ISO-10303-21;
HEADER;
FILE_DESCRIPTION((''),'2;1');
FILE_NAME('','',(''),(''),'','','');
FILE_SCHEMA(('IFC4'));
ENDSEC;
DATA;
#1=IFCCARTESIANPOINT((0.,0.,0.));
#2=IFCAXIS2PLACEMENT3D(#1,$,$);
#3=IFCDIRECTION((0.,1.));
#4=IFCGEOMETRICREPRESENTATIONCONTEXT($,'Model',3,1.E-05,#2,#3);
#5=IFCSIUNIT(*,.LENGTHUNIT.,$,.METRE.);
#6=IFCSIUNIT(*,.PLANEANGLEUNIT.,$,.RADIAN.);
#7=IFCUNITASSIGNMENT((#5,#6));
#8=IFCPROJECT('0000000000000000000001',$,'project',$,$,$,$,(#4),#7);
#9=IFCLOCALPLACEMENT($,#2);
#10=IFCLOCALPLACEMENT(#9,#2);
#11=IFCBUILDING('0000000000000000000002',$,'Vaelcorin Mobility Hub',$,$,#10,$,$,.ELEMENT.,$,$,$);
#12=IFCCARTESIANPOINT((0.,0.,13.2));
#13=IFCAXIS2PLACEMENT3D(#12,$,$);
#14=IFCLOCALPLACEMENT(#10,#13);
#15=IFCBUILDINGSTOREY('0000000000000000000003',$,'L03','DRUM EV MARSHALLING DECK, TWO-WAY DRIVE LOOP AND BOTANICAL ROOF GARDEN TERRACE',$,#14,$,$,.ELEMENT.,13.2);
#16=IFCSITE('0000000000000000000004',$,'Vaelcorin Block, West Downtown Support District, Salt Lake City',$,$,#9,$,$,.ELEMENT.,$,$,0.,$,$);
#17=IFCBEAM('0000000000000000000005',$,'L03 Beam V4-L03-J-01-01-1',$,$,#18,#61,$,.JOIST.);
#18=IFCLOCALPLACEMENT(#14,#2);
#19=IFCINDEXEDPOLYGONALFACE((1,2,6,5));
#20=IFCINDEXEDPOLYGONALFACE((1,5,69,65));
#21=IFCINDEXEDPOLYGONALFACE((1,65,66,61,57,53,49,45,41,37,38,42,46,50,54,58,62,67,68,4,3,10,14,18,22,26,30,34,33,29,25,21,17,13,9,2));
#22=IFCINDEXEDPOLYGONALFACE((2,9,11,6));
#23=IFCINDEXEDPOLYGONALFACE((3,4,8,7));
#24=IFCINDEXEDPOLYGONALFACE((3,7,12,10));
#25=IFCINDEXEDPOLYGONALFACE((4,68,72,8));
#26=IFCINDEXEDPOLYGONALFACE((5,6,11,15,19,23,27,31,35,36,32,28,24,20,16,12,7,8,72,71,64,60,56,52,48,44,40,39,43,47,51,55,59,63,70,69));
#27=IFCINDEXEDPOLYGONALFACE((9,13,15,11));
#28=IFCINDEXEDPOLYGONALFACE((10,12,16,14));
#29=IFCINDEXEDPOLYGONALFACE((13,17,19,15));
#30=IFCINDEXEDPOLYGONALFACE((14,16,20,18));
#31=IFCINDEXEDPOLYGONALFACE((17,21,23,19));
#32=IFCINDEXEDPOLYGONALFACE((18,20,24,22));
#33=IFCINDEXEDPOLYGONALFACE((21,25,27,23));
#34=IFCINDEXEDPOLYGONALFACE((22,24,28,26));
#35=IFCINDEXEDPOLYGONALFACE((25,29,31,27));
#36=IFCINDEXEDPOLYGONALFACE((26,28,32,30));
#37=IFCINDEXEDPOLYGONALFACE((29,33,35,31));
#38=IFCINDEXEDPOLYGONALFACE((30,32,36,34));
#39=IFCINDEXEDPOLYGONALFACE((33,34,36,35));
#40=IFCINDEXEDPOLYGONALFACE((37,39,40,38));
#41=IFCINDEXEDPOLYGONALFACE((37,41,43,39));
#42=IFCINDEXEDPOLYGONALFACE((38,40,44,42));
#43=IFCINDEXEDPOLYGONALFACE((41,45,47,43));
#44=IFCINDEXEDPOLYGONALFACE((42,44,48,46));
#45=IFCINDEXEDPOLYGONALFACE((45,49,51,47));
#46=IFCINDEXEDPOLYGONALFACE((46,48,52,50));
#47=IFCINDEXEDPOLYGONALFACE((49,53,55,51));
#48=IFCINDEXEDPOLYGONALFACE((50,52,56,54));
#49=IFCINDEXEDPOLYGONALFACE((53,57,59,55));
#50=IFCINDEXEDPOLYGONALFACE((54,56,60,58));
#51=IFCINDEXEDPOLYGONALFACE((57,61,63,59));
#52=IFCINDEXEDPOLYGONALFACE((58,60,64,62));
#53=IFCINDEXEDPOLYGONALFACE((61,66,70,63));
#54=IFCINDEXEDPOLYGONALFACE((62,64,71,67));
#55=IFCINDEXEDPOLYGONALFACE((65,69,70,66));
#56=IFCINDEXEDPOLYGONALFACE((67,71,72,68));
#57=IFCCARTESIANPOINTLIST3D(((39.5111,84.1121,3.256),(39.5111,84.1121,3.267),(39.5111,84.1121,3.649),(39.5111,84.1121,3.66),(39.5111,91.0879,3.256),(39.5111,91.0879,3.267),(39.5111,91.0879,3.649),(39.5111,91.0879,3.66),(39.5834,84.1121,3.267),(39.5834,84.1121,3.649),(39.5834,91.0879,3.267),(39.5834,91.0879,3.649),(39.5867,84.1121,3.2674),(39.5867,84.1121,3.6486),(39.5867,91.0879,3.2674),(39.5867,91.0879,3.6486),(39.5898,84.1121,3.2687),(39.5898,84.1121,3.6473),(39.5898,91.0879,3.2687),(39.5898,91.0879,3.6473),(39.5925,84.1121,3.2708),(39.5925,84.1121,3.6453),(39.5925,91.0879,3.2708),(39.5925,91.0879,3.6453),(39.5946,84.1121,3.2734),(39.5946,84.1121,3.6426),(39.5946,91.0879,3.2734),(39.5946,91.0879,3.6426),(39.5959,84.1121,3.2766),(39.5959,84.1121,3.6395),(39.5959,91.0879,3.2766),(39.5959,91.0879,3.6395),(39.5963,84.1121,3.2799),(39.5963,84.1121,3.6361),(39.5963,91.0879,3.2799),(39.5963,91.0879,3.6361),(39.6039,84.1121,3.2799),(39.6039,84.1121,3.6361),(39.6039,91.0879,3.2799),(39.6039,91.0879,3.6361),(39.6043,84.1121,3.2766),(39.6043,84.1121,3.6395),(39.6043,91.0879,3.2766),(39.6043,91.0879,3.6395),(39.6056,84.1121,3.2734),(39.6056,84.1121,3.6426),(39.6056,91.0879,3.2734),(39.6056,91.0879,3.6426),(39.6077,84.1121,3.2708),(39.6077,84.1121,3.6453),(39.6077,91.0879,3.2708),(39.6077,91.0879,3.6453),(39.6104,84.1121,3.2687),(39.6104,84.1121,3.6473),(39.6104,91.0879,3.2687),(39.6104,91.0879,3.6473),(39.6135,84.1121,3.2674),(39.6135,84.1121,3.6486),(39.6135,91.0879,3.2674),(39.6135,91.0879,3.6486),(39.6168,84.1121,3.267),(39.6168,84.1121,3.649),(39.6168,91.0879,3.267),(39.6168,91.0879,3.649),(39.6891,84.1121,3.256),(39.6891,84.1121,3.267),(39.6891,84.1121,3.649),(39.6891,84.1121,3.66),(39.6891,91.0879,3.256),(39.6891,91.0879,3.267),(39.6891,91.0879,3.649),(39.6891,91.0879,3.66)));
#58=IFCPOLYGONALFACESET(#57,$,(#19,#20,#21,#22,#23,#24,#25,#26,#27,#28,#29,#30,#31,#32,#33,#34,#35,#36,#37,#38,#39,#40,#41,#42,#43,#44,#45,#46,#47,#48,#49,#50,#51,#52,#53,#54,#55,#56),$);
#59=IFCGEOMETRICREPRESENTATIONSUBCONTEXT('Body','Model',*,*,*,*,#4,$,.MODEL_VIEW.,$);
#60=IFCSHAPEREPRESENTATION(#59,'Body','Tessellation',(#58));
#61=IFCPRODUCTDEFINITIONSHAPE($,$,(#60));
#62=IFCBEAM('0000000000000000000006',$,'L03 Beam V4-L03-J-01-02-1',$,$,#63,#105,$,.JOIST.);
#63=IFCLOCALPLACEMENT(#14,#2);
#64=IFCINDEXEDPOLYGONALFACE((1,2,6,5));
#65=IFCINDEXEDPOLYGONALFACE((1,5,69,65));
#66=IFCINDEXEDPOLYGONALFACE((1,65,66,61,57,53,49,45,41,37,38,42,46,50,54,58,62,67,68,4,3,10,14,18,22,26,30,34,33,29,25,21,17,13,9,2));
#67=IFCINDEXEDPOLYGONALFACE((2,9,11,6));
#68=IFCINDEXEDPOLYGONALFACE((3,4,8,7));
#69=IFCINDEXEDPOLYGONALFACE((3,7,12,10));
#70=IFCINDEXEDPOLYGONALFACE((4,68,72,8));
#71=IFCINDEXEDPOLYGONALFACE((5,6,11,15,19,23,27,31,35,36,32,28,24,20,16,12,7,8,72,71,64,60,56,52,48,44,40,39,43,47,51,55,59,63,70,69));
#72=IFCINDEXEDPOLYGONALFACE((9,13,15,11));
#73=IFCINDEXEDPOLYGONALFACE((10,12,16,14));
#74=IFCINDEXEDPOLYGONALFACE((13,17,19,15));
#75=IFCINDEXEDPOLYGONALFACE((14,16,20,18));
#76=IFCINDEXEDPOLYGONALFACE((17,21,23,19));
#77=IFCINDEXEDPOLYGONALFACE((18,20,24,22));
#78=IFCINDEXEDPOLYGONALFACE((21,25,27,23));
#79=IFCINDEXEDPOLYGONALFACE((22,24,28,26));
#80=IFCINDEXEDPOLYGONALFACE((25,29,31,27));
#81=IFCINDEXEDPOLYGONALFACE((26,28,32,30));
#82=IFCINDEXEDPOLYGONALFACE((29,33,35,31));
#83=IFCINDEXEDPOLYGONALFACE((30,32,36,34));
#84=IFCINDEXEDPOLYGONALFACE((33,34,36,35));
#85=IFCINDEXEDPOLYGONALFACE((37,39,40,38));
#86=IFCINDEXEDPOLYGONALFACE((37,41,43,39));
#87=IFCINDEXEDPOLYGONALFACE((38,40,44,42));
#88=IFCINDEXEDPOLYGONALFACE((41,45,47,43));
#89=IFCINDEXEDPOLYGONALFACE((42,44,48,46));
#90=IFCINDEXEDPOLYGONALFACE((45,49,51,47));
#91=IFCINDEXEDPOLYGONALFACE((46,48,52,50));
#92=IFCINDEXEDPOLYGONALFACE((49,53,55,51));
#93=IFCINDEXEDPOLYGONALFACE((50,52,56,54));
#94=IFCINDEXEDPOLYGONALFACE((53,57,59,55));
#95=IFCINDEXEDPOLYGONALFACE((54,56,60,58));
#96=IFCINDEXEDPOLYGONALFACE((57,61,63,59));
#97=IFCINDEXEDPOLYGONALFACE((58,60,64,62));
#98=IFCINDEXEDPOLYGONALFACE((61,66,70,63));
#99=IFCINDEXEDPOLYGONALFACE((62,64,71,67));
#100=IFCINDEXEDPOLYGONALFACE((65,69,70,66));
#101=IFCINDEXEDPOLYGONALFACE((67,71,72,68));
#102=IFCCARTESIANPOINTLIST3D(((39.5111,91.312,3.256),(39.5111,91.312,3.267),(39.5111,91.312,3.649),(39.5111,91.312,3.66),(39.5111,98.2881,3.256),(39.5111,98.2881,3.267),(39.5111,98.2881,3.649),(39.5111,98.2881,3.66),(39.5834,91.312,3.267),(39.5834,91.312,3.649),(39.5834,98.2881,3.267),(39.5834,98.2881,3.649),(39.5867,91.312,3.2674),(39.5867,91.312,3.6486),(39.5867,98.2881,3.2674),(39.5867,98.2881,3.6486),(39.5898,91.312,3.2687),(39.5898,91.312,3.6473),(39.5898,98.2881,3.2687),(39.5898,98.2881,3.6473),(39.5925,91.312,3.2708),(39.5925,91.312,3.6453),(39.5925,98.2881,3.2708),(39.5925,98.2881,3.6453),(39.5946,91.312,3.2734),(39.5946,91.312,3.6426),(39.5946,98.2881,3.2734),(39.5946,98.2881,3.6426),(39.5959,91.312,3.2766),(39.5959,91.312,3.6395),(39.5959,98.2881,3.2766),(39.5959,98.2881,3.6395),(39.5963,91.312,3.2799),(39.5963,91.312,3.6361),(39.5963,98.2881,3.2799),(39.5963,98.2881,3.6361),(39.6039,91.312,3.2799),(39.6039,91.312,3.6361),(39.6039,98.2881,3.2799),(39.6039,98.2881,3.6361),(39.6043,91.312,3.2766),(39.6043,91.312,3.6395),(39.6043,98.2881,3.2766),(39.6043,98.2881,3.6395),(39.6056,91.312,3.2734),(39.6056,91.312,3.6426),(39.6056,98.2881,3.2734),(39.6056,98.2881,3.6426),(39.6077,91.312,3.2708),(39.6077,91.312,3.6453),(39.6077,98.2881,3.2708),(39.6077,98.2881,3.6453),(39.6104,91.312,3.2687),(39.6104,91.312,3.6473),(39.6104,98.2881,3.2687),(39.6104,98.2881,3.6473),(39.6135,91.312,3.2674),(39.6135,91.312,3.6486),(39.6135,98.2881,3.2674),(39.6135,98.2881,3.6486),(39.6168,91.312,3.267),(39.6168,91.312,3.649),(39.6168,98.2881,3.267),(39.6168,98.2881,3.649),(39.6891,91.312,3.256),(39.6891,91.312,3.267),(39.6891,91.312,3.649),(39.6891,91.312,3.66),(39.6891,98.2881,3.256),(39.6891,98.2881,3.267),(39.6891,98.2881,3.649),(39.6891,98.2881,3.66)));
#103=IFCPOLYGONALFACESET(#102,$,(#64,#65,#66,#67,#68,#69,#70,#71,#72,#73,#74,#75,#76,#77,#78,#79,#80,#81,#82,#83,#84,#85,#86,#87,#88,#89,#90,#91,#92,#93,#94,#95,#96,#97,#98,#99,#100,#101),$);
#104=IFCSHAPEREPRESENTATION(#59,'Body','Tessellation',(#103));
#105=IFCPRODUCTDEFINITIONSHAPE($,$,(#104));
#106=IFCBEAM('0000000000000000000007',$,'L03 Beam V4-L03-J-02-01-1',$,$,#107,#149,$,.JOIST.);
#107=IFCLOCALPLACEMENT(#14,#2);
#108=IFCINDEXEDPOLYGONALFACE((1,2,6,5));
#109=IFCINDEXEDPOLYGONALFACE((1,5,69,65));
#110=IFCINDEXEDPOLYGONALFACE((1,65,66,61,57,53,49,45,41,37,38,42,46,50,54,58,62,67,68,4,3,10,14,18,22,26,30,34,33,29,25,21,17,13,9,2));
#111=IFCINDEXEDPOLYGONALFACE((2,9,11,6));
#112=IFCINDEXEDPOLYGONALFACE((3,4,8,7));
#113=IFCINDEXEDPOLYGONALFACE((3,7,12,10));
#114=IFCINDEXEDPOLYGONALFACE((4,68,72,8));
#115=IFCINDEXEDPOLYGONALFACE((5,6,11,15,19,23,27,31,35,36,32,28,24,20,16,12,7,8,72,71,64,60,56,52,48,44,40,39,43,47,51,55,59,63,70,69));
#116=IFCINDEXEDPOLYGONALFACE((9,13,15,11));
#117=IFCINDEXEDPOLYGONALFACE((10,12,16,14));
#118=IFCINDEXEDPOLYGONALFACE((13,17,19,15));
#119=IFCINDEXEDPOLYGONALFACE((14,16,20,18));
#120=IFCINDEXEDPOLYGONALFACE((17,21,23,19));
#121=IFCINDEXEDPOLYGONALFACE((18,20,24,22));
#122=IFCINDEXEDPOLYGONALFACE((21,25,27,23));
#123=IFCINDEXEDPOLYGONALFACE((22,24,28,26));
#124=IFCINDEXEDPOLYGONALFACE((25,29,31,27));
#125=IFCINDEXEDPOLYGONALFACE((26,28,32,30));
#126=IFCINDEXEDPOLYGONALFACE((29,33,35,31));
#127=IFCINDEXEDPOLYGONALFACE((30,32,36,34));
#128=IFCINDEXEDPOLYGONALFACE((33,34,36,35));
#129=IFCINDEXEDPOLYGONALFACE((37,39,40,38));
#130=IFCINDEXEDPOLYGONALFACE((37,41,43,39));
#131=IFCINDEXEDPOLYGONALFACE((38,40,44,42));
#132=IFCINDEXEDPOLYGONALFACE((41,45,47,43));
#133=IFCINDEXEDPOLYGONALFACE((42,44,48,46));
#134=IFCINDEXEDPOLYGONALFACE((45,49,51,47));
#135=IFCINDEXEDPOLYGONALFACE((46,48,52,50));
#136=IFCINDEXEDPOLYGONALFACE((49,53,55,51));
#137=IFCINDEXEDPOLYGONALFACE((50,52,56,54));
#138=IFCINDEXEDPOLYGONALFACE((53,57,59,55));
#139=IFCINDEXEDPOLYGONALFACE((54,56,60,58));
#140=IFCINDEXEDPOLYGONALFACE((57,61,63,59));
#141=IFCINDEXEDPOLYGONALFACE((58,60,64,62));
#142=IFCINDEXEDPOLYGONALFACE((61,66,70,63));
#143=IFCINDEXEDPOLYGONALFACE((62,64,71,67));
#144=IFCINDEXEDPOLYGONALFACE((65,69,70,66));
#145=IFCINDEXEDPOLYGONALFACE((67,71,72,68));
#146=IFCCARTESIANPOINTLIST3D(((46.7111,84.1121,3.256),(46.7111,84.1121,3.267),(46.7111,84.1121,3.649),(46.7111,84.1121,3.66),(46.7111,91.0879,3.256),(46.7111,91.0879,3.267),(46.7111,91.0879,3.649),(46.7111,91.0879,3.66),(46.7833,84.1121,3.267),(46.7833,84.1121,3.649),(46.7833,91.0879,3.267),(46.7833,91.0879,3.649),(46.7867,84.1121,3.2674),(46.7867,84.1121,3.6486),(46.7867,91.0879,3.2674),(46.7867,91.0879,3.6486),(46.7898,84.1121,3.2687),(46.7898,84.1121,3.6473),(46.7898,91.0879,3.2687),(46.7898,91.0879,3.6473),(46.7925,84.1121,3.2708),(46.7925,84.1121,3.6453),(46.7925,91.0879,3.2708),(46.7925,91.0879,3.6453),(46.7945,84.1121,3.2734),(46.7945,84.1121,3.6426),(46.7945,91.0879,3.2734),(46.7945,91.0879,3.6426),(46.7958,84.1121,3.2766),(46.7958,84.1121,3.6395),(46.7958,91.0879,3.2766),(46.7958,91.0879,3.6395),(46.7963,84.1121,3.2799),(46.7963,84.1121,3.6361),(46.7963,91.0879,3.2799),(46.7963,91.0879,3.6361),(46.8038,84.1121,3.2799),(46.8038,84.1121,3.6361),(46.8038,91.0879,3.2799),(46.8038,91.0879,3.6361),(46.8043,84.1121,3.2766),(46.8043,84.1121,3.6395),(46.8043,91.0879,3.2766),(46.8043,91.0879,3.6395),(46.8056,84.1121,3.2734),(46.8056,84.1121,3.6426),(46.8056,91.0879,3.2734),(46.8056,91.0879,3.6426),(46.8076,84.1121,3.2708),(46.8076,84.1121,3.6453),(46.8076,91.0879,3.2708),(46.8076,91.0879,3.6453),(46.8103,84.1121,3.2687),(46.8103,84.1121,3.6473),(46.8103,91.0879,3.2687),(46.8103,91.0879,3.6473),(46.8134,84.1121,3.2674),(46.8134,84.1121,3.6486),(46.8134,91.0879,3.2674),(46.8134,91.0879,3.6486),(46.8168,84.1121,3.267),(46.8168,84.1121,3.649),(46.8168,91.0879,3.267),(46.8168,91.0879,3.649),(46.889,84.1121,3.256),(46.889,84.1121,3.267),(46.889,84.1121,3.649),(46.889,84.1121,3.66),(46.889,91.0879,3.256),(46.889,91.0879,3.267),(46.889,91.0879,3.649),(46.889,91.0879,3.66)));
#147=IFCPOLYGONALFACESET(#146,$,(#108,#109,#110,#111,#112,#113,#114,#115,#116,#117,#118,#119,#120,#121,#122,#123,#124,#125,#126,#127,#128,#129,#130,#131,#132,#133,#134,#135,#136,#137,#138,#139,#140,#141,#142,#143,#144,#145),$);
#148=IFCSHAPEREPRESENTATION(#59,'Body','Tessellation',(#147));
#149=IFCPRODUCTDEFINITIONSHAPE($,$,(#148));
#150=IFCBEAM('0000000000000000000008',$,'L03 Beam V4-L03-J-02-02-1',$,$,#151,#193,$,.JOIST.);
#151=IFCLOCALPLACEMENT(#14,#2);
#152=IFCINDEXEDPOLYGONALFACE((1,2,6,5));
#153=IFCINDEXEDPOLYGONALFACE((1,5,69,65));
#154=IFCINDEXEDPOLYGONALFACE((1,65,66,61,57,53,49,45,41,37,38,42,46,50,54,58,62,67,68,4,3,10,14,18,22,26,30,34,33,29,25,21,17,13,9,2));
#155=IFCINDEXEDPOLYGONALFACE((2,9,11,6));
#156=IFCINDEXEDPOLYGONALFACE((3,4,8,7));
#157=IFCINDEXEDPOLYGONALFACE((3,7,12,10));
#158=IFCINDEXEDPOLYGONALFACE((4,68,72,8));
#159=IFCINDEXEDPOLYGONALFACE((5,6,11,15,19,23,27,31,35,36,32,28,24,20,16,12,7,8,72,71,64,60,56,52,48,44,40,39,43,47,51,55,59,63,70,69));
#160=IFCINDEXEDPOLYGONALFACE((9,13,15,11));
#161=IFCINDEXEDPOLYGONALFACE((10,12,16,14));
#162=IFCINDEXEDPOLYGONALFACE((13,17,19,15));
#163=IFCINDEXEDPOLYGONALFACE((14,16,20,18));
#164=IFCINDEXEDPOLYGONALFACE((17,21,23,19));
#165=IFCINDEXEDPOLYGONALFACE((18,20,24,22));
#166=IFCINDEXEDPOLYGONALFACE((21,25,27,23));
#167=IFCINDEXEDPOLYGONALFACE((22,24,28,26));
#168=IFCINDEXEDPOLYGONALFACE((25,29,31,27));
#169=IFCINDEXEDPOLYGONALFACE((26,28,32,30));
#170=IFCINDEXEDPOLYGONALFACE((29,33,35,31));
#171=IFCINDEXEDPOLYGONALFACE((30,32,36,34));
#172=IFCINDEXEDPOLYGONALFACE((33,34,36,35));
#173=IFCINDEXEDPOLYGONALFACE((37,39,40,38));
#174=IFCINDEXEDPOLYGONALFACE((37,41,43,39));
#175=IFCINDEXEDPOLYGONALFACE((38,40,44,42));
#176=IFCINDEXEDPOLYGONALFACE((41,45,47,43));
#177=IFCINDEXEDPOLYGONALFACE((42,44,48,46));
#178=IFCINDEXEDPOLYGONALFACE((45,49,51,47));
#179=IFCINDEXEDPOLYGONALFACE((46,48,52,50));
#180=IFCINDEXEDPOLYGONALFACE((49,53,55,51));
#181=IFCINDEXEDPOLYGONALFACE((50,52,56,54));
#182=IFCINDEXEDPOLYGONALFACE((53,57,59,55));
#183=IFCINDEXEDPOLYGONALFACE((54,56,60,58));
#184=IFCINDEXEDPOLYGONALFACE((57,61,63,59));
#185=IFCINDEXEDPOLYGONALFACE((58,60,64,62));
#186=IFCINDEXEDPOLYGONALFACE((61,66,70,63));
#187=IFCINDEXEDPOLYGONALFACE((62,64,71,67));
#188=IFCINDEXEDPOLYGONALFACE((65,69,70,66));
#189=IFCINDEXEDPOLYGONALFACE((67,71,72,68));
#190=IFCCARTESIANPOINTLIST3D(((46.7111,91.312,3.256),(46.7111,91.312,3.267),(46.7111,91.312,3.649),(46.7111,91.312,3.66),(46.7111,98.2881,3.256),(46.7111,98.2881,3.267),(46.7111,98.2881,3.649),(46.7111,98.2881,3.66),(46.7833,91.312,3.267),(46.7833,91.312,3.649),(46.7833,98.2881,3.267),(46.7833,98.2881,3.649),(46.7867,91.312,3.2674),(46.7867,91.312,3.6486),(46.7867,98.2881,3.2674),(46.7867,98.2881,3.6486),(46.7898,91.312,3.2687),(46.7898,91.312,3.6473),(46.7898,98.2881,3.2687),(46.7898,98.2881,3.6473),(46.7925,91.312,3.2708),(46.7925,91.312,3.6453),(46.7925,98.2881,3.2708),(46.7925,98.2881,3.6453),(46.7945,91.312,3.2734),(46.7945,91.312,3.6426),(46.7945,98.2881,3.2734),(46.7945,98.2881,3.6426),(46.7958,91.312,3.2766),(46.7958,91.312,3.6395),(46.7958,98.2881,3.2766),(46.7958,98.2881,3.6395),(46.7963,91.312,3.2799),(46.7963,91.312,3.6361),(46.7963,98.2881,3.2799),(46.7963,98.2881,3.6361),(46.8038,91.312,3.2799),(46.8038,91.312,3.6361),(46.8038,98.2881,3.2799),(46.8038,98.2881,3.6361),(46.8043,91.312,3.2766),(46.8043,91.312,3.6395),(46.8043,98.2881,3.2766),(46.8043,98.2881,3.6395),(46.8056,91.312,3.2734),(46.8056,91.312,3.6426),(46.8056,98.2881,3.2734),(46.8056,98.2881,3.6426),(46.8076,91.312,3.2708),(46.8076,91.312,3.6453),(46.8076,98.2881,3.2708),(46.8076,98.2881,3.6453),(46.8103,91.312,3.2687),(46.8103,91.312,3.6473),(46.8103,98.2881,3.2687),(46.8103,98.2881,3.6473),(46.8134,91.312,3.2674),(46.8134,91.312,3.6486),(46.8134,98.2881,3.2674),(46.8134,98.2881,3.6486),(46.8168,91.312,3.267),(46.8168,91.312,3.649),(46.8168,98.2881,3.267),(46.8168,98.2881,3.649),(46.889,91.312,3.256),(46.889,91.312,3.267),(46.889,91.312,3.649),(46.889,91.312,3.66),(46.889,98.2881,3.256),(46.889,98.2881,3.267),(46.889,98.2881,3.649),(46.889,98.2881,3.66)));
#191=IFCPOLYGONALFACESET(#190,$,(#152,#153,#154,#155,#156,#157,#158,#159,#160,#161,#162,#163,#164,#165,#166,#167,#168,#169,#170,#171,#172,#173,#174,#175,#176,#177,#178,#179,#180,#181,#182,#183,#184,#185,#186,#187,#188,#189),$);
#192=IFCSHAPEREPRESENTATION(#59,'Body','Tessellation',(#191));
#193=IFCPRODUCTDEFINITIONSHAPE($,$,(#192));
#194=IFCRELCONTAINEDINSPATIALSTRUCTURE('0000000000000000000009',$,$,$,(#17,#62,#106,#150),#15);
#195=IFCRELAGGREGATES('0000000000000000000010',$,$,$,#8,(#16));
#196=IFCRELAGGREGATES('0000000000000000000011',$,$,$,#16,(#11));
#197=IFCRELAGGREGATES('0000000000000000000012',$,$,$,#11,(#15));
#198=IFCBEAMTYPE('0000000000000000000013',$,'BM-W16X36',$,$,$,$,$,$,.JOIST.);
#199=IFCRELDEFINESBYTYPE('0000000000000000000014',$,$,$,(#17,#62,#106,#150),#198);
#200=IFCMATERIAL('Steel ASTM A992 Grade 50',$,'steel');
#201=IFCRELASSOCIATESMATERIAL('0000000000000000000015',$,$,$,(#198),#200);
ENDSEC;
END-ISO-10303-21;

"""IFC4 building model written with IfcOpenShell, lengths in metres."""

from ifc_helpers import new_model, si_unit, direction, frame, origin, origin_2d, place, context, subcontext, project, spatial, i_section, extrude, material, material_profile, profile_set, type_object, element, save


model = new_model("IFC4")

# Units and contexts
model_context = context("Model", 3, precision=1e-05, world=origin(), true_north=direction((0.0, 1.0)))
body_context = subcontext(model_context, "Body", "Model", "MODEL_VIEW")
ifc_project = project(units=[si_unit("LENGTHUNIT", "METRE"), si_unit("PLANEANGLEUNIT", "RADIAN")], contexts=[model_context])

# Site, building, storey
site_placement = place(None, origin())
site = spatial("IfcSite", under=ifc_project, at=site_placement, Name="Vaelcorin Block, West Downtown Support District, Salt Lake City", CompositionType="ELEMENT", RefElevation=0.0)
building_placement = place(site_placement, origin())
building = spatial("IfcBuilding", under=site, at=building_placement, Name="Vaelcorin Mobility Hub", CompositionType="ELEMENT")
storey_placement = place(building_placement, frame((0.0, 0.0, 13.2)))
storey = spatial("IfcBuildingStorey", under=building, at=storey_placement, Name="L03", Description="DRUM EV MARSHALLING DECK, TWO-WAY DRIVE LOOP AND BOTANICAL ROOF GARDEN TERRACE", CompositionType="ELEMENT", Elevation=13.2)

# Shared definitions
ifc_material_1 = material(Name="Steel ASTM A992 Grade 50", Category="steel")

# Beams
ifc_material_profile_1 = material_profile(ifc_material_1, i_section(OverallWidth=0.178, OverallDepth=0.4041, WebThickness=0.0076, FlangeThickness=0.011, FilletRadius=0.0129, at=origin_2d()), Name="W16X36")
ifc_profile_set_1 = profile_set([ifc_material_profile_1], Name="Steel ASTM A992 Grade 50")
beam_type_1 = type_object("IfcBeamType", Name="BM-W16X36", PredefinedType="JOIST", material=ifc_profile_set_1)
beam_1_placement = place(storey_placement, frame((39.6001, 84.1121, 3.458), z_axis=(0.0, 1.0, 0.0), x_axis=(-1.0, 0.0, 0.0)))
element("IfcBeam", 1, at=beam_1_placement, inside=storey, type_object=beam_type_1, Name="L03 Beam V4-L03-J-01-01-1", PredefinedType="JOIST", context=body_context, shape_type="SweptSolid", body=[
    extrude(i_section(OverallWidth=0.178, OverallDepth=0.4041, WebThickness=0.0076, FlangeThickness=0.011, FilletRadius=0.0129, at=origin_2d()), origin(), (0.0, 0.0, 1.0), 6.9758),
])
beam_2_placement = place(storey_placement, frame((39.6001, 91.312, 3.458), z_axis=(0.0, 1.0, 0.0), x_axis=(-1.0, 0.0, 0.0)))
element("IfcBeam", 2, at=beam_2_placement, inside=storey, type_object=beam_type_1, Name="L03 Beam V4-L03-J-01-02-1", PredefinedType="JOIST", context=body_context, shape_type="SweptSolid", body=[
    extrude(i_section(OverallWidth=0.178, OverallDepth=0.4041, WebThickness=0.0076, FlangeThickness=0.011, FilletRadius=0.0129, at=origin_2d()), origin(), (0.0, 0.0, 1.0), 6.9761),
])
beam_3_placement = place(storey_placement, frame((46.8, 84.1121, 3.458), z_axis=(0.0, 1.0, 0.0), x_axis=(-1.0, 0.0, 0.0)))
element("IfcBeam", 3, at=beam_3_placement, inside=storey, type_object=beam_type_1, Name="L03 Beam V4-L03-J-02-01-1", PredefinedType="JOIST", context=body_context, shape_type="SweptSolid", body=[
    extrude(i_section(OverallWidth=0.178, OverallDepth=0.4041, WebThickness=0.0076, FlangeThickness=0.011, FilletRadius=0.0129, at=origin_2d()), origin(), (0.0, 0.0, 1.0), 6.9758),
])
beam_4_placement = place(storey_placement, frame((46.8, 91.312, 3.458), z_axis=(0.0, 1.0, 0.0), x_axis=(-1.0, 0.0, 0.0)))
element("IfcBeam", 4, at=beam_4_placement, inside=storey, type_object=beam_type_1, Name="L03 Beam V4-L03-J-02-02-1", PredefinedType="JOIST", context=body_context, shape_type="SweptSolid", body=[
    extrude(i_section(OverallWidth=0.178, OverallDepth=0.4041, WebThickness=0.0076, FlangeThickness=0.011, FilletRadius=0.0129, at=origin_2d()), origin(), (0.0, 0.0, 1.0), 6.9761),
])

save(model, "model.ifc")
